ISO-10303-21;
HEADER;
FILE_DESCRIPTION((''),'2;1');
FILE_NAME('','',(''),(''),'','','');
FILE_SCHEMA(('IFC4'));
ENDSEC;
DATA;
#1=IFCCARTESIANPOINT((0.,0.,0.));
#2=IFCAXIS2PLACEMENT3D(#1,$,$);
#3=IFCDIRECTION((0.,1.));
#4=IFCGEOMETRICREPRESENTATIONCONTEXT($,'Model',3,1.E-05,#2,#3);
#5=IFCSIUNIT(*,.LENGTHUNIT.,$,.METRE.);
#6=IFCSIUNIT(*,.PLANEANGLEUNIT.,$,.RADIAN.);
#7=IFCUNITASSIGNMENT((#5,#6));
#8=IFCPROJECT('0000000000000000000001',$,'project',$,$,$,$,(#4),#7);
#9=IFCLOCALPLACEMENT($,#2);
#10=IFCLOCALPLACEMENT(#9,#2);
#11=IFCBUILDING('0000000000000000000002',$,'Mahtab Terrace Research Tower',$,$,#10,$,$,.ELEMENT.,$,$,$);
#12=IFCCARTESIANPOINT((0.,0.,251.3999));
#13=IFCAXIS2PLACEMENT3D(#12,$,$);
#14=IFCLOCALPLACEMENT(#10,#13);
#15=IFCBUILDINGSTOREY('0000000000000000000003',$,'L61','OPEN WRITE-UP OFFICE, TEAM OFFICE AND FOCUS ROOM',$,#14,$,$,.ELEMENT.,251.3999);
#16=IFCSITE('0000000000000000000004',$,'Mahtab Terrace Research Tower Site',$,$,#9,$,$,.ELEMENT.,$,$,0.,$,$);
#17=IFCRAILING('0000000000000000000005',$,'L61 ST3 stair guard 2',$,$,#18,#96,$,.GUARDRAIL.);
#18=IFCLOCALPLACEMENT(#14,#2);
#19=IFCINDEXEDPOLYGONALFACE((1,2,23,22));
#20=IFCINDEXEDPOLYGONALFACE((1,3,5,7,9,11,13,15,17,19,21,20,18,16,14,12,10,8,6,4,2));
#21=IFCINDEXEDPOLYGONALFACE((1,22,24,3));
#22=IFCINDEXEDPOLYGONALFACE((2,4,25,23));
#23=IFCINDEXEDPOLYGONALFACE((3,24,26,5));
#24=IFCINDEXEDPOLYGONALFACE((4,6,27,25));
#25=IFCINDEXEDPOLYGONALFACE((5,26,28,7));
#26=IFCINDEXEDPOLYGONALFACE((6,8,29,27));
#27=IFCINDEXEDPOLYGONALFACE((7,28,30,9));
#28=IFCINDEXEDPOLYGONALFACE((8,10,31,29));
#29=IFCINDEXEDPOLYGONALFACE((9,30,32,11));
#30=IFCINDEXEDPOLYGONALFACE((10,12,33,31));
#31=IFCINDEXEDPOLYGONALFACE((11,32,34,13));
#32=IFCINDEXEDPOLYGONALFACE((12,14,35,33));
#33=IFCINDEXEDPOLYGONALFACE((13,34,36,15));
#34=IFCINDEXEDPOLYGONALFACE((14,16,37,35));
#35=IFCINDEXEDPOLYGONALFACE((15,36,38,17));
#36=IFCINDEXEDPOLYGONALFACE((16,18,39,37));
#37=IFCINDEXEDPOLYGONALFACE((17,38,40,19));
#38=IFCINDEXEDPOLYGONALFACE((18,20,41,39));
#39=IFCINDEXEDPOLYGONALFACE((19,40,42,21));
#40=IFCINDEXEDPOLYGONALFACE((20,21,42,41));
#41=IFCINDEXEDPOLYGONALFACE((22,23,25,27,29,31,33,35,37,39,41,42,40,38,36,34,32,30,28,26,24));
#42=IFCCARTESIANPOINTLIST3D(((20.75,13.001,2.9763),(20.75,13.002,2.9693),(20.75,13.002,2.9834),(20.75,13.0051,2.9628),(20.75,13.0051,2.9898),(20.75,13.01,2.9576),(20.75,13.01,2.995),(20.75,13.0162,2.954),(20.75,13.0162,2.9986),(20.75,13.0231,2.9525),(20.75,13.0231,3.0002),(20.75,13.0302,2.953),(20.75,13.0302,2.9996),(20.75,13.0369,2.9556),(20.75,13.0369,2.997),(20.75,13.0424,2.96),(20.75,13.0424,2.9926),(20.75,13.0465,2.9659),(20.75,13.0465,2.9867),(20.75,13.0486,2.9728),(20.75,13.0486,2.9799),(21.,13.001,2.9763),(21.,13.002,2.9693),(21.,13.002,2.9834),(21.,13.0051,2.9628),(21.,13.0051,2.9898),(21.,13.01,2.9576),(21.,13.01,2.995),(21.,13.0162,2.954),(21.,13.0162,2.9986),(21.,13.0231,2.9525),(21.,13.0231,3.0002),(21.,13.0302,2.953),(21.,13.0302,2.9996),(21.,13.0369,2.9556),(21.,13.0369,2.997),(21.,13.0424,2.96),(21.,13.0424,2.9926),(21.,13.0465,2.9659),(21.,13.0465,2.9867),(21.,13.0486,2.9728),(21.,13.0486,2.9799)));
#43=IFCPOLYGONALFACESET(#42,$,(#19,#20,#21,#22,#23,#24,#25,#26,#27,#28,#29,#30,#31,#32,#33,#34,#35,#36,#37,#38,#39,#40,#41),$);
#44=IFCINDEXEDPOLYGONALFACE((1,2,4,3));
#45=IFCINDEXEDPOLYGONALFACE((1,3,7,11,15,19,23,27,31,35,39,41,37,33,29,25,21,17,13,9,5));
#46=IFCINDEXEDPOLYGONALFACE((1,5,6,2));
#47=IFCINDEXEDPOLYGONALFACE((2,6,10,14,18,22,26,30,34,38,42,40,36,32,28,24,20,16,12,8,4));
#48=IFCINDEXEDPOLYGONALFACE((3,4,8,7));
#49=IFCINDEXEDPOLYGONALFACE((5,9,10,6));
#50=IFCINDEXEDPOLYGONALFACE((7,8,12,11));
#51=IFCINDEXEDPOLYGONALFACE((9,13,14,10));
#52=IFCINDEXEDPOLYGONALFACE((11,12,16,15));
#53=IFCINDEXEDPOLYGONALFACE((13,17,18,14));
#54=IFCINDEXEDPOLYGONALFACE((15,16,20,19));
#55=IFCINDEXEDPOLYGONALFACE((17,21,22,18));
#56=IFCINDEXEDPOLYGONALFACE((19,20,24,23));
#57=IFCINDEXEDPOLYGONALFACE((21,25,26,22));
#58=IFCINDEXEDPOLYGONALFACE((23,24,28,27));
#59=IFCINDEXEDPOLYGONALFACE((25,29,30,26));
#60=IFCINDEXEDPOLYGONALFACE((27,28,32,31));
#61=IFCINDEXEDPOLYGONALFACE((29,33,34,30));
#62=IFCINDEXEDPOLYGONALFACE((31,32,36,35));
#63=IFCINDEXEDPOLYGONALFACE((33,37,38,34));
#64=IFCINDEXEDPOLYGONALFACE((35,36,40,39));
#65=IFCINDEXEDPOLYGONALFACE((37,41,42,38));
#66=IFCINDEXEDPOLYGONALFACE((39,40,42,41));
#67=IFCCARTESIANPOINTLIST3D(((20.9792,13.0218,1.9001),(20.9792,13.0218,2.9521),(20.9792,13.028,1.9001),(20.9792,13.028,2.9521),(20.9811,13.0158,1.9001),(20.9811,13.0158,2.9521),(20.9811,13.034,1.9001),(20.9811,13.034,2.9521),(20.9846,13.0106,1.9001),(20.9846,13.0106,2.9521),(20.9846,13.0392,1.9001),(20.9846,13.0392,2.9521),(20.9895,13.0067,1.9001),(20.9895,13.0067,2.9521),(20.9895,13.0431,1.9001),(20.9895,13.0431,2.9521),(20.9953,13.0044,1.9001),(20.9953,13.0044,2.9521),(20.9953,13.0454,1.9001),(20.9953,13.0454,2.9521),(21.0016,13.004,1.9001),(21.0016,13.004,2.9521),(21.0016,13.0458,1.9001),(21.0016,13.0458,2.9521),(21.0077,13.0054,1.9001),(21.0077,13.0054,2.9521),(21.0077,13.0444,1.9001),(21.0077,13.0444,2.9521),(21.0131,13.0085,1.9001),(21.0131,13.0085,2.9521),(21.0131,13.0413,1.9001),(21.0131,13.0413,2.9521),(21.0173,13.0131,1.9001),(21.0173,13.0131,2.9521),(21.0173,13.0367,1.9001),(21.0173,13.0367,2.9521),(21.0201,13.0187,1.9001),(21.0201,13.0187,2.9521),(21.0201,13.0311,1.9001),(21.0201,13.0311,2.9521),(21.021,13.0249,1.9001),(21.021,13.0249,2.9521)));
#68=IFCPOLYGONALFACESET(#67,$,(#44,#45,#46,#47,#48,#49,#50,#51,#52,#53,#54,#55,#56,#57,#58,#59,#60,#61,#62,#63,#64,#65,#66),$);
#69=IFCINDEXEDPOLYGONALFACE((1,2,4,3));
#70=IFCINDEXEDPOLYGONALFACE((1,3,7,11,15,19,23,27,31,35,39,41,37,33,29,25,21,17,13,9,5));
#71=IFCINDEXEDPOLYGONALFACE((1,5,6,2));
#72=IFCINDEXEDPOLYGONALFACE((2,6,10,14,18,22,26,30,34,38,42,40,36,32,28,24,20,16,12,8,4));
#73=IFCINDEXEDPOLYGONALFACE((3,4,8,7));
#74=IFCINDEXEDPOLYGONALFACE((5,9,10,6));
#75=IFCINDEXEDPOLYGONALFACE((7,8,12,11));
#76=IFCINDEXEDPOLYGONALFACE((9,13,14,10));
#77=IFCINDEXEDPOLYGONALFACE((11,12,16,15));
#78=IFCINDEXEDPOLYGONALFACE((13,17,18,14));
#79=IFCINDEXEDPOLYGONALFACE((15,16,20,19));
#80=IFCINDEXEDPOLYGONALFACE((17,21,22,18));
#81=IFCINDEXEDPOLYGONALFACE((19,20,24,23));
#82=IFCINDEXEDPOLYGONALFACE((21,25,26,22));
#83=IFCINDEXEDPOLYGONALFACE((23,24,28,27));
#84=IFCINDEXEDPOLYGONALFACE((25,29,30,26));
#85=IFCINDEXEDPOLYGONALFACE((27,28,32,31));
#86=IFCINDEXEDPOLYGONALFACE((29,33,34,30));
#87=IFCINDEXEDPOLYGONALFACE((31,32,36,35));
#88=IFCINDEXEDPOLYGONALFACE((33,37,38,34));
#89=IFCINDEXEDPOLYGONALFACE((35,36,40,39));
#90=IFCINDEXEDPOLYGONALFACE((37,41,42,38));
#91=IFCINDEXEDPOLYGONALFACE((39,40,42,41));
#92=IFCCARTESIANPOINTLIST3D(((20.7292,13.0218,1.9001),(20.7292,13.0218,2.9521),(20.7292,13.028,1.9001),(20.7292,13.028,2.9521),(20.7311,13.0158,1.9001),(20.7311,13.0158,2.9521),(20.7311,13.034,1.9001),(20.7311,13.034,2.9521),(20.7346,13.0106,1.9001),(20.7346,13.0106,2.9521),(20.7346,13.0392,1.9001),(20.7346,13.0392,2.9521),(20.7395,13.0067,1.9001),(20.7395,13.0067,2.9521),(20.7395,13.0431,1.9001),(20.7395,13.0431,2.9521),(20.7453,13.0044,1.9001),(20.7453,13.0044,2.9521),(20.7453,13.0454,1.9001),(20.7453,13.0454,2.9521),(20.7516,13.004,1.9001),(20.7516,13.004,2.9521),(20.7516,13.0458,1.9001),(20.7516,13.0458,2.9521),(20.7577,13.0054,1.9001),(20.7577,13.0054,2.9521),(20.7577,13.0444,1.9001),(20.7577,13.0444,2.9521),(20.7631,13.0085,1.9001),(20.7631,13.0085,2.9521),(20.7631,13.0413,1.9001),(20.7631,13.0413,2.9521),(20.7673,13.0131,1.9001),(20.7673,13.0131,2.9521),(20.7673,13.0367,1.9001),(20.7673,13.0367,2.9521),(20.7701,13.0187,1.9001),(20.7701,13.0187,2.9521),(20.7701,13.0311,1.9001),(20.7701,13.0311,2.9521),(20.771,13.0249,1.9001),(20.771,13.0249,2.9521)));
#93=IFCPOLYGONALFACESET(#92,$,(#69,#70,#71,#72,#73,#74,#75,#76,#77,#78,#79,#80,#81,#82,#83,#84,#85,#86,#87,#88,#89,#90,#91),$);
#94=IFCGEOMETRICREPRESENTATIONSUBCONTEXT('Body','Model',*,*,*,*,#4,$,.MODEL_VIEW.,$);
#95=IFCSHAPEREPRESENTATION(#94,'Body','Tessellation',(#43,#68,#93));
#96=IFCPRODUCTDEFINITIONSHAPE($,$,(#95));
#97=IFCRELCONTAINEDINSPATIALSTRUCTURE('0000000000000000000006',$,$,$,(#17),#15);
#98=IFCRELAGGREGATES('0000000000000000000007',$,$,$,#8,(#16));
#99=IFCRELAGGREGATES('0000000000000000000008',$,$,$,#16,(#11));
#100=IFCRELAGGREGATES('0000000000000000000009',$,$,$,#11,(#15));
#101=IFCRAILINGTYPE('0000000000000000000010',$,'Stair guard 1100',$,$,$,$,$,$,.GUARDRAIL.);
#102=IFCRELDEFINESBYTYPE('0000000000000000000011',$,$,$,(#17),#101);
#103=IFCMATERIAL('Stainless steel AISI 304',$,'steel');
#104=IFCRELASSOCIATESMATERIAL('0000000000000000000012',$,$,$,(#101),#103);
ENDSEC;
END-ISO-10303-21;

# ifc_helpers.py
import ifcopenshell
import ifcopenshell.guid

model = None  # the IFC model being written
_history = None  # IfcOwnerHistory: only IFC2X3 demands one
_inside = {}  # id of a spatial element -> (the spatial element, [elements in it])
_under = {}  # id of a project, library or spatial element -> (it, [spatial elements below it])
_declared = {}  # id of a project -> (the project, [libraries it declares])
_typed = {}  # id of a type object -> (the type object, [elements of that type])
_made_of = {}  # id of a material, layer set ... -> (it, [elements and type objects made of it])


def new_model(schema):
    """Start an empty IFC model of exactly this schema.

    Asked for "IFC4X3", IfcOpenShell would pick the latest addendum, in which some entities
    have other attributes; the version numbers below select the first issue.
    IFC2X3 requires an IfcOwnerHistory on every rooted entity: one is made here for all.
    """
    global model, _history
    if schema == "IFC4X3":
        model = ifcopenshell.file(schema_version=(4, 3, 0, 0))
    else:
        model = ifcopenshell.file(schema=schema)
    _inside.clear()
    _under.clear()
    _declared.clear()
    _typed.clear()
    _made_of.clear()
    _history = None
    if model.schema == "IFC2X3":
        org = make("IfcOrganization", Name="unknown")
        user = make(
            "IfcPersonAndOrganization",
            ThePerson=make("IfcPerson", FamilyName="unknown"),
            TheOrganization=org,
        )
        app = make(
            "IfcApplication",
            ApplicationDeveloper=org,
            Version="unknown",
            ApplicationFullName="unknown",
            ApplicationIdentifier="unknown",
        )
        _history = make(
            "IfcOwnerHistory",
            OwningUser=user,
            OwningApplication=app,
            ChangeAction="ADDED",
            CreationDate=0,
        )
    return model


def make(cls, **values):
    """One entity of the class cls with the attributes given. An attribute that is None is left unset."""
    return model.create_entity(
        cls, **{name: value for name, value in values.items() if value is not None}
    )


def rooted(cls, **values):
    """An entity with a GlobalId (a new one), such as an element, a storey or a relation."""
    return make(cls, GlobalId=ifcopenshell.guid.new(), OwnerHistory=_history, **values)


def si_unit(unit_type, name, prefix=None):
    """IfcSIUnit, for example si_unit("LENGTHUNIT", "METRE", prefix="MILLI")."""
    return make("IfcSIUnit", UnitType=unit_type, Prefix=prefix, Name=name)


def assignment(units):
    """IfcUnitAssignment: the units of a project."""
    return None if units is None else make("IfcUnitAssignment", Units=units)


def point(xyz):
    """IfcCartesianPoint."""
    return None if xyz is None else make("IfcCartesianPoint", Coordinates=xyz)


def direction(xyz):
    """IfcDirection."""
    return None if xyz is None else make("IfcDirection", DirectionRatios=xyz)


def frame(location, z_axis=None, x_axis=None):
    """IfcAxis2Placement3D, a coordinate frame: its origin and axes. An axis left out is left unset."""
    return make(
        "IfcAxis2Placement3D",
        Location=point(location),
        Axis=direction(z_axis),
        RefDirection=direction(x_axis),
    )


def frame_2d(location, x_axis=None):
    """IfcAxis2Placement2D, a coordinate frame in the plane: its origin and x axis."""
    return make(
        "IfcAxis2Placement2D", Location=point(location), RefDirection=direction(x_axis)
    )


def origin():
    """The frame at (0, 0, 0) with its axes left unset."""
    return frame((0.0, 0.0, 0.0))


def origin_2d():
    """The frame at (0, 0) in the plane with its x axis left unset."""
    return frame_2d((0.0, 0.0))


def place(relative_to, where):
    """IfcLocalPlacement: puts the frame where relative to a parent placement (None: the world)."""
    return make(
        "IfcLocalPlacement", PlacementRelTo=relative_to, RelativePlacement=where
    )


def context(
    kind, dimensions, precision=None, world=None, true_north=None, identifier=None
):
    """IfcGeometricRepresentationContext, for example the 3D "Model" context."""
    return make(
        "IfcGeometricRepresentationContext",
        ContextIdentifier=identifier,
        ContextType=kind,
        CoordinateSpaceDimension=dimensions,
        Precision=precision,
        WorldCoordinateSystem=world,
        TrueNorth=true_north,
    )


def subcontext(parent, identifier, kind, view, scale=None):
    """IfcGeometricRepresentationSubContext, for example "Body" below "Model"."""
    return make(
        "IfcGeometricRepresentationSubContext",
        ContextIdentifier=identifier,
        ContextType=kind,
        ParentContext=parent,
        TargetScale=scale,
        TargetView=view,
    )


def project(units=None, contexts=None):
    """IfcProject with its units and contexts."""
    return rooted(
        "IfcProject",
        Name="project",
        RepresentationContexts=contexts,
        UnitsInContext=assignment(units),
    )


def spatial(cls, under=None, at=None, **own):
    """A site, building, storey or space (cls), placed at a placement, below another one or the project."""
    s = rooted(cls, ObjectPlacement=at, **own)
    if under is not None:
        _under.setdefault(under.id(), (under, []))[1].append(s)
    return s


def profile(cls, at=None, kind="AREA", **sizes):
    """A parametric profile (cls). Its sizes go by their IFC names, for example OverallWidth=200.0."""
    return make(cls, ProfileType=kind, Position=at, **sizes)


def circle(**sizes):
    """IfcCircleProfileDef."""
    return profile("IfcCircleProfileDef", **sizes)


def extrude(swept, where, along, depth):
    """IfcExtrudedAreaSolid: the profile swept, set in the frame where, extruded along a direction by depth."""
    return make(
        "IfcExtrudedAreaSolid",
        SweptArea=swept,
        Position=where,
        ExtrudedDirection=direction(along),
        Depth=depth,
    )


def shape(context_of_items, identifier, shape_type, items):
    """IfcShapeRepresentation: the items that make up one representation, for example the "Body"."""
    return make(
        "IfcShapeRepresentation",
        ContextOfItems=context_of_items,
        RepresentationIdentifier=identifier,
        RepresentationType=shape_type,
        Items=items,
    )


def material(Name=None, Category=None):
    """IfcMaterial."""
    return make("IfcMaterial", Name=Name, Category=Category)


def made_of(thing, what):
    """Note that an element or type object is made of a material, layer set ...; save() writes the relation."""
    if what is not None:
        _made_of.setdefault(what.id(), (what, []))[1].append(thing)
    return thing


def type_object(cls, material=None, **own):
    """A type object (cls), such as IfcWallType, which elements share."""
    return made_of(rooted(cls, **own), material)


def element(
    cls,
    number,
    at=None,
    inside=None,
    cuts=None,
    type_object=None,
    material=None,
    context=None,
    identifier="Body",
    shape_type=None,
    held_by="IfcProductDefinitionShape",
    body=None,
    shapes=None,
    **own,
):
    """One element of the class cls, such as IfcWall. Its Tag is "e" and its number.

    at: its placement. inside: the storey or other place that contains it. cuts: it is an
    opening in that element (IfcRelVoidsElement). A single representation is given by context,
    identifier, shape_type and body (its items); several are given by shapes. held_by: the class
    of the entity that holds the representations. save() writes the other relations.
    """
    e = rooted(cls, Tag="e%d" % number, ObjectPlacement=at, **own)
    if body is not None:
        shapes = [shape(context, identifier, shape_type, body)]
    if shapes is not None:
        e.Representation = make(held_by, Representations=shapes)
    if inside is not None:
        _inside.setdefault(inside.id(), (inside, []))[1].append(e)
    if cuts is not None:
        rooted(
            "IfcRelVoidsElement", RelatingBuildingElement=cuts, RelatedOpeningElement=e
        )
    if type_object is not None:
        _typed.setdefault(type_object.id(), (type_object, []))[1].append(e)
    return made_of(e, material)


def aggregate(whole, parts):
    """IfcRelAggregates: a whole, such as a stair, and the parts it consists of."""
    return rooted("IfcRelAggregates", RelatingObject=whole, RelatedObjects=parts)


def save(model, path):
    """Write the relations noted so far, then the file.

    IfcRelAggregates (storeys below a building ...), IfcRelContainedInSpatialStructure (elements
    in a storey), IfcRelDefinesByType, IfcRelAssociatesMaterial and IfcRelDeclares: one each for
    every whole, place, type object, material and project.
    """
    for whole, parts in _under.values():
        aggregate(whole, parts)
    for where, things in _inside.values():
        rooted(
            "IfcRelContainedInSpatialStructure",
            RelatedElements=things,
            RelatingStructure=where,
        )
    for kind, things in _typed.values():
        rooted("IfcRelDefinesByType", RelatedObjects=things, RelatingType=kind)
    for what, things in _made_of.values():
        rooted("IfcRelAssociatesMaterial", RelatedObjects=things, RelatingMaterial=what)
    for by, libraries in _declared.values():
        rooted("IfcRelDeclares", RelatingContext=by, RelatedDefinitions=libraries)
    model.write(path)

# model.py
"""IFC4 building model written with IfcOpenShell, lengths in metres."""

from ifc_helpers import new_model, si_unit, direction, frame, origin, origin_2d, place, context, subcontext, project, spatial, circle, extrude, material, type_object, element, save


model = new_model("IFC4")

# Units and contexts
model_context = context("Model", 3, precision=1e-05, world=origin(), true_north=direction((0.0, 1.0)))
body_context = subcontext(model_context, "Body", "Model", "MODEL_VIEW")
ifc_project = project(units=[si_unit("LENGTHUNIT", "METRE"), si_unit("PLANEANGLEUNIT", "RADIAN")], contexts=[model_context])

# Site, building, storey
site_placement = place(None, origin())
site = spatial("IfcSite", under=ifc_project, at=site_placement, Name="Mahtab Terrace Research Tower Site", CompositionType="ELEMENT", RefElevation=0.0)
building_placement = place(site_placement, origin())
building = spatial("IfcBuilding", under=site, at=building_placement, Name="Mahtab Terrace Research Tower", CompositionType="ELEMENT")
storey_placement = place(building_placement, frame((0.0, 0.0, 251.3999)))
storey = spatial("IfcBuildingStorey", under=building, at=storey_placement, Name="L61", Description="OPEN WRITE-UP OFFICE, TEAM OFFICE AND FOCUS ROOM", CompositionType="ELEMENT", Elevation=251.3999)

# Shared definitions
ifc_material_1 = material(Name="Stainless steel AISI 304", Category="steel")

# Railing
railing_type_1 = type_object("IfcRailingType", Name="Stair guard 1100", PredefinedType="GUARDRAIL", material=ifc_material_1)
railing_1_placement = place(storey_placement, frame((21.0, 13.0249, 1.9001)))
element("IfcRailing", 1, at=railing_1_placement, inside=storey, type_object=railing_type_1, Name="L61 ST3 stair guard 2", PredefinedType="GUARDRAIL", context=body_context, shape_type="SweptSolid", body=[
    extrude(circle(Radius=0.0239, at=origin_2d()), frame((0.0, 0.0, 1.0762), z_axis=(-1.0, 0.0, 0.0), x_axis=(0.0, -1.0, 0.0)), (0.0, 0.0, 1.0), 0.25),
    extrude(circle(Radius=0.021, at=origin_2d()), origin(), (0.0, 0.0, 1.0), 1.052),
    extrude(circle(Radius=0.021, at=origin_2d()), frame((-0.25, 0.0, 0.0)), (0.0, 0.0, 1.0), 1.052),
])

save(model, "model.ifc")
